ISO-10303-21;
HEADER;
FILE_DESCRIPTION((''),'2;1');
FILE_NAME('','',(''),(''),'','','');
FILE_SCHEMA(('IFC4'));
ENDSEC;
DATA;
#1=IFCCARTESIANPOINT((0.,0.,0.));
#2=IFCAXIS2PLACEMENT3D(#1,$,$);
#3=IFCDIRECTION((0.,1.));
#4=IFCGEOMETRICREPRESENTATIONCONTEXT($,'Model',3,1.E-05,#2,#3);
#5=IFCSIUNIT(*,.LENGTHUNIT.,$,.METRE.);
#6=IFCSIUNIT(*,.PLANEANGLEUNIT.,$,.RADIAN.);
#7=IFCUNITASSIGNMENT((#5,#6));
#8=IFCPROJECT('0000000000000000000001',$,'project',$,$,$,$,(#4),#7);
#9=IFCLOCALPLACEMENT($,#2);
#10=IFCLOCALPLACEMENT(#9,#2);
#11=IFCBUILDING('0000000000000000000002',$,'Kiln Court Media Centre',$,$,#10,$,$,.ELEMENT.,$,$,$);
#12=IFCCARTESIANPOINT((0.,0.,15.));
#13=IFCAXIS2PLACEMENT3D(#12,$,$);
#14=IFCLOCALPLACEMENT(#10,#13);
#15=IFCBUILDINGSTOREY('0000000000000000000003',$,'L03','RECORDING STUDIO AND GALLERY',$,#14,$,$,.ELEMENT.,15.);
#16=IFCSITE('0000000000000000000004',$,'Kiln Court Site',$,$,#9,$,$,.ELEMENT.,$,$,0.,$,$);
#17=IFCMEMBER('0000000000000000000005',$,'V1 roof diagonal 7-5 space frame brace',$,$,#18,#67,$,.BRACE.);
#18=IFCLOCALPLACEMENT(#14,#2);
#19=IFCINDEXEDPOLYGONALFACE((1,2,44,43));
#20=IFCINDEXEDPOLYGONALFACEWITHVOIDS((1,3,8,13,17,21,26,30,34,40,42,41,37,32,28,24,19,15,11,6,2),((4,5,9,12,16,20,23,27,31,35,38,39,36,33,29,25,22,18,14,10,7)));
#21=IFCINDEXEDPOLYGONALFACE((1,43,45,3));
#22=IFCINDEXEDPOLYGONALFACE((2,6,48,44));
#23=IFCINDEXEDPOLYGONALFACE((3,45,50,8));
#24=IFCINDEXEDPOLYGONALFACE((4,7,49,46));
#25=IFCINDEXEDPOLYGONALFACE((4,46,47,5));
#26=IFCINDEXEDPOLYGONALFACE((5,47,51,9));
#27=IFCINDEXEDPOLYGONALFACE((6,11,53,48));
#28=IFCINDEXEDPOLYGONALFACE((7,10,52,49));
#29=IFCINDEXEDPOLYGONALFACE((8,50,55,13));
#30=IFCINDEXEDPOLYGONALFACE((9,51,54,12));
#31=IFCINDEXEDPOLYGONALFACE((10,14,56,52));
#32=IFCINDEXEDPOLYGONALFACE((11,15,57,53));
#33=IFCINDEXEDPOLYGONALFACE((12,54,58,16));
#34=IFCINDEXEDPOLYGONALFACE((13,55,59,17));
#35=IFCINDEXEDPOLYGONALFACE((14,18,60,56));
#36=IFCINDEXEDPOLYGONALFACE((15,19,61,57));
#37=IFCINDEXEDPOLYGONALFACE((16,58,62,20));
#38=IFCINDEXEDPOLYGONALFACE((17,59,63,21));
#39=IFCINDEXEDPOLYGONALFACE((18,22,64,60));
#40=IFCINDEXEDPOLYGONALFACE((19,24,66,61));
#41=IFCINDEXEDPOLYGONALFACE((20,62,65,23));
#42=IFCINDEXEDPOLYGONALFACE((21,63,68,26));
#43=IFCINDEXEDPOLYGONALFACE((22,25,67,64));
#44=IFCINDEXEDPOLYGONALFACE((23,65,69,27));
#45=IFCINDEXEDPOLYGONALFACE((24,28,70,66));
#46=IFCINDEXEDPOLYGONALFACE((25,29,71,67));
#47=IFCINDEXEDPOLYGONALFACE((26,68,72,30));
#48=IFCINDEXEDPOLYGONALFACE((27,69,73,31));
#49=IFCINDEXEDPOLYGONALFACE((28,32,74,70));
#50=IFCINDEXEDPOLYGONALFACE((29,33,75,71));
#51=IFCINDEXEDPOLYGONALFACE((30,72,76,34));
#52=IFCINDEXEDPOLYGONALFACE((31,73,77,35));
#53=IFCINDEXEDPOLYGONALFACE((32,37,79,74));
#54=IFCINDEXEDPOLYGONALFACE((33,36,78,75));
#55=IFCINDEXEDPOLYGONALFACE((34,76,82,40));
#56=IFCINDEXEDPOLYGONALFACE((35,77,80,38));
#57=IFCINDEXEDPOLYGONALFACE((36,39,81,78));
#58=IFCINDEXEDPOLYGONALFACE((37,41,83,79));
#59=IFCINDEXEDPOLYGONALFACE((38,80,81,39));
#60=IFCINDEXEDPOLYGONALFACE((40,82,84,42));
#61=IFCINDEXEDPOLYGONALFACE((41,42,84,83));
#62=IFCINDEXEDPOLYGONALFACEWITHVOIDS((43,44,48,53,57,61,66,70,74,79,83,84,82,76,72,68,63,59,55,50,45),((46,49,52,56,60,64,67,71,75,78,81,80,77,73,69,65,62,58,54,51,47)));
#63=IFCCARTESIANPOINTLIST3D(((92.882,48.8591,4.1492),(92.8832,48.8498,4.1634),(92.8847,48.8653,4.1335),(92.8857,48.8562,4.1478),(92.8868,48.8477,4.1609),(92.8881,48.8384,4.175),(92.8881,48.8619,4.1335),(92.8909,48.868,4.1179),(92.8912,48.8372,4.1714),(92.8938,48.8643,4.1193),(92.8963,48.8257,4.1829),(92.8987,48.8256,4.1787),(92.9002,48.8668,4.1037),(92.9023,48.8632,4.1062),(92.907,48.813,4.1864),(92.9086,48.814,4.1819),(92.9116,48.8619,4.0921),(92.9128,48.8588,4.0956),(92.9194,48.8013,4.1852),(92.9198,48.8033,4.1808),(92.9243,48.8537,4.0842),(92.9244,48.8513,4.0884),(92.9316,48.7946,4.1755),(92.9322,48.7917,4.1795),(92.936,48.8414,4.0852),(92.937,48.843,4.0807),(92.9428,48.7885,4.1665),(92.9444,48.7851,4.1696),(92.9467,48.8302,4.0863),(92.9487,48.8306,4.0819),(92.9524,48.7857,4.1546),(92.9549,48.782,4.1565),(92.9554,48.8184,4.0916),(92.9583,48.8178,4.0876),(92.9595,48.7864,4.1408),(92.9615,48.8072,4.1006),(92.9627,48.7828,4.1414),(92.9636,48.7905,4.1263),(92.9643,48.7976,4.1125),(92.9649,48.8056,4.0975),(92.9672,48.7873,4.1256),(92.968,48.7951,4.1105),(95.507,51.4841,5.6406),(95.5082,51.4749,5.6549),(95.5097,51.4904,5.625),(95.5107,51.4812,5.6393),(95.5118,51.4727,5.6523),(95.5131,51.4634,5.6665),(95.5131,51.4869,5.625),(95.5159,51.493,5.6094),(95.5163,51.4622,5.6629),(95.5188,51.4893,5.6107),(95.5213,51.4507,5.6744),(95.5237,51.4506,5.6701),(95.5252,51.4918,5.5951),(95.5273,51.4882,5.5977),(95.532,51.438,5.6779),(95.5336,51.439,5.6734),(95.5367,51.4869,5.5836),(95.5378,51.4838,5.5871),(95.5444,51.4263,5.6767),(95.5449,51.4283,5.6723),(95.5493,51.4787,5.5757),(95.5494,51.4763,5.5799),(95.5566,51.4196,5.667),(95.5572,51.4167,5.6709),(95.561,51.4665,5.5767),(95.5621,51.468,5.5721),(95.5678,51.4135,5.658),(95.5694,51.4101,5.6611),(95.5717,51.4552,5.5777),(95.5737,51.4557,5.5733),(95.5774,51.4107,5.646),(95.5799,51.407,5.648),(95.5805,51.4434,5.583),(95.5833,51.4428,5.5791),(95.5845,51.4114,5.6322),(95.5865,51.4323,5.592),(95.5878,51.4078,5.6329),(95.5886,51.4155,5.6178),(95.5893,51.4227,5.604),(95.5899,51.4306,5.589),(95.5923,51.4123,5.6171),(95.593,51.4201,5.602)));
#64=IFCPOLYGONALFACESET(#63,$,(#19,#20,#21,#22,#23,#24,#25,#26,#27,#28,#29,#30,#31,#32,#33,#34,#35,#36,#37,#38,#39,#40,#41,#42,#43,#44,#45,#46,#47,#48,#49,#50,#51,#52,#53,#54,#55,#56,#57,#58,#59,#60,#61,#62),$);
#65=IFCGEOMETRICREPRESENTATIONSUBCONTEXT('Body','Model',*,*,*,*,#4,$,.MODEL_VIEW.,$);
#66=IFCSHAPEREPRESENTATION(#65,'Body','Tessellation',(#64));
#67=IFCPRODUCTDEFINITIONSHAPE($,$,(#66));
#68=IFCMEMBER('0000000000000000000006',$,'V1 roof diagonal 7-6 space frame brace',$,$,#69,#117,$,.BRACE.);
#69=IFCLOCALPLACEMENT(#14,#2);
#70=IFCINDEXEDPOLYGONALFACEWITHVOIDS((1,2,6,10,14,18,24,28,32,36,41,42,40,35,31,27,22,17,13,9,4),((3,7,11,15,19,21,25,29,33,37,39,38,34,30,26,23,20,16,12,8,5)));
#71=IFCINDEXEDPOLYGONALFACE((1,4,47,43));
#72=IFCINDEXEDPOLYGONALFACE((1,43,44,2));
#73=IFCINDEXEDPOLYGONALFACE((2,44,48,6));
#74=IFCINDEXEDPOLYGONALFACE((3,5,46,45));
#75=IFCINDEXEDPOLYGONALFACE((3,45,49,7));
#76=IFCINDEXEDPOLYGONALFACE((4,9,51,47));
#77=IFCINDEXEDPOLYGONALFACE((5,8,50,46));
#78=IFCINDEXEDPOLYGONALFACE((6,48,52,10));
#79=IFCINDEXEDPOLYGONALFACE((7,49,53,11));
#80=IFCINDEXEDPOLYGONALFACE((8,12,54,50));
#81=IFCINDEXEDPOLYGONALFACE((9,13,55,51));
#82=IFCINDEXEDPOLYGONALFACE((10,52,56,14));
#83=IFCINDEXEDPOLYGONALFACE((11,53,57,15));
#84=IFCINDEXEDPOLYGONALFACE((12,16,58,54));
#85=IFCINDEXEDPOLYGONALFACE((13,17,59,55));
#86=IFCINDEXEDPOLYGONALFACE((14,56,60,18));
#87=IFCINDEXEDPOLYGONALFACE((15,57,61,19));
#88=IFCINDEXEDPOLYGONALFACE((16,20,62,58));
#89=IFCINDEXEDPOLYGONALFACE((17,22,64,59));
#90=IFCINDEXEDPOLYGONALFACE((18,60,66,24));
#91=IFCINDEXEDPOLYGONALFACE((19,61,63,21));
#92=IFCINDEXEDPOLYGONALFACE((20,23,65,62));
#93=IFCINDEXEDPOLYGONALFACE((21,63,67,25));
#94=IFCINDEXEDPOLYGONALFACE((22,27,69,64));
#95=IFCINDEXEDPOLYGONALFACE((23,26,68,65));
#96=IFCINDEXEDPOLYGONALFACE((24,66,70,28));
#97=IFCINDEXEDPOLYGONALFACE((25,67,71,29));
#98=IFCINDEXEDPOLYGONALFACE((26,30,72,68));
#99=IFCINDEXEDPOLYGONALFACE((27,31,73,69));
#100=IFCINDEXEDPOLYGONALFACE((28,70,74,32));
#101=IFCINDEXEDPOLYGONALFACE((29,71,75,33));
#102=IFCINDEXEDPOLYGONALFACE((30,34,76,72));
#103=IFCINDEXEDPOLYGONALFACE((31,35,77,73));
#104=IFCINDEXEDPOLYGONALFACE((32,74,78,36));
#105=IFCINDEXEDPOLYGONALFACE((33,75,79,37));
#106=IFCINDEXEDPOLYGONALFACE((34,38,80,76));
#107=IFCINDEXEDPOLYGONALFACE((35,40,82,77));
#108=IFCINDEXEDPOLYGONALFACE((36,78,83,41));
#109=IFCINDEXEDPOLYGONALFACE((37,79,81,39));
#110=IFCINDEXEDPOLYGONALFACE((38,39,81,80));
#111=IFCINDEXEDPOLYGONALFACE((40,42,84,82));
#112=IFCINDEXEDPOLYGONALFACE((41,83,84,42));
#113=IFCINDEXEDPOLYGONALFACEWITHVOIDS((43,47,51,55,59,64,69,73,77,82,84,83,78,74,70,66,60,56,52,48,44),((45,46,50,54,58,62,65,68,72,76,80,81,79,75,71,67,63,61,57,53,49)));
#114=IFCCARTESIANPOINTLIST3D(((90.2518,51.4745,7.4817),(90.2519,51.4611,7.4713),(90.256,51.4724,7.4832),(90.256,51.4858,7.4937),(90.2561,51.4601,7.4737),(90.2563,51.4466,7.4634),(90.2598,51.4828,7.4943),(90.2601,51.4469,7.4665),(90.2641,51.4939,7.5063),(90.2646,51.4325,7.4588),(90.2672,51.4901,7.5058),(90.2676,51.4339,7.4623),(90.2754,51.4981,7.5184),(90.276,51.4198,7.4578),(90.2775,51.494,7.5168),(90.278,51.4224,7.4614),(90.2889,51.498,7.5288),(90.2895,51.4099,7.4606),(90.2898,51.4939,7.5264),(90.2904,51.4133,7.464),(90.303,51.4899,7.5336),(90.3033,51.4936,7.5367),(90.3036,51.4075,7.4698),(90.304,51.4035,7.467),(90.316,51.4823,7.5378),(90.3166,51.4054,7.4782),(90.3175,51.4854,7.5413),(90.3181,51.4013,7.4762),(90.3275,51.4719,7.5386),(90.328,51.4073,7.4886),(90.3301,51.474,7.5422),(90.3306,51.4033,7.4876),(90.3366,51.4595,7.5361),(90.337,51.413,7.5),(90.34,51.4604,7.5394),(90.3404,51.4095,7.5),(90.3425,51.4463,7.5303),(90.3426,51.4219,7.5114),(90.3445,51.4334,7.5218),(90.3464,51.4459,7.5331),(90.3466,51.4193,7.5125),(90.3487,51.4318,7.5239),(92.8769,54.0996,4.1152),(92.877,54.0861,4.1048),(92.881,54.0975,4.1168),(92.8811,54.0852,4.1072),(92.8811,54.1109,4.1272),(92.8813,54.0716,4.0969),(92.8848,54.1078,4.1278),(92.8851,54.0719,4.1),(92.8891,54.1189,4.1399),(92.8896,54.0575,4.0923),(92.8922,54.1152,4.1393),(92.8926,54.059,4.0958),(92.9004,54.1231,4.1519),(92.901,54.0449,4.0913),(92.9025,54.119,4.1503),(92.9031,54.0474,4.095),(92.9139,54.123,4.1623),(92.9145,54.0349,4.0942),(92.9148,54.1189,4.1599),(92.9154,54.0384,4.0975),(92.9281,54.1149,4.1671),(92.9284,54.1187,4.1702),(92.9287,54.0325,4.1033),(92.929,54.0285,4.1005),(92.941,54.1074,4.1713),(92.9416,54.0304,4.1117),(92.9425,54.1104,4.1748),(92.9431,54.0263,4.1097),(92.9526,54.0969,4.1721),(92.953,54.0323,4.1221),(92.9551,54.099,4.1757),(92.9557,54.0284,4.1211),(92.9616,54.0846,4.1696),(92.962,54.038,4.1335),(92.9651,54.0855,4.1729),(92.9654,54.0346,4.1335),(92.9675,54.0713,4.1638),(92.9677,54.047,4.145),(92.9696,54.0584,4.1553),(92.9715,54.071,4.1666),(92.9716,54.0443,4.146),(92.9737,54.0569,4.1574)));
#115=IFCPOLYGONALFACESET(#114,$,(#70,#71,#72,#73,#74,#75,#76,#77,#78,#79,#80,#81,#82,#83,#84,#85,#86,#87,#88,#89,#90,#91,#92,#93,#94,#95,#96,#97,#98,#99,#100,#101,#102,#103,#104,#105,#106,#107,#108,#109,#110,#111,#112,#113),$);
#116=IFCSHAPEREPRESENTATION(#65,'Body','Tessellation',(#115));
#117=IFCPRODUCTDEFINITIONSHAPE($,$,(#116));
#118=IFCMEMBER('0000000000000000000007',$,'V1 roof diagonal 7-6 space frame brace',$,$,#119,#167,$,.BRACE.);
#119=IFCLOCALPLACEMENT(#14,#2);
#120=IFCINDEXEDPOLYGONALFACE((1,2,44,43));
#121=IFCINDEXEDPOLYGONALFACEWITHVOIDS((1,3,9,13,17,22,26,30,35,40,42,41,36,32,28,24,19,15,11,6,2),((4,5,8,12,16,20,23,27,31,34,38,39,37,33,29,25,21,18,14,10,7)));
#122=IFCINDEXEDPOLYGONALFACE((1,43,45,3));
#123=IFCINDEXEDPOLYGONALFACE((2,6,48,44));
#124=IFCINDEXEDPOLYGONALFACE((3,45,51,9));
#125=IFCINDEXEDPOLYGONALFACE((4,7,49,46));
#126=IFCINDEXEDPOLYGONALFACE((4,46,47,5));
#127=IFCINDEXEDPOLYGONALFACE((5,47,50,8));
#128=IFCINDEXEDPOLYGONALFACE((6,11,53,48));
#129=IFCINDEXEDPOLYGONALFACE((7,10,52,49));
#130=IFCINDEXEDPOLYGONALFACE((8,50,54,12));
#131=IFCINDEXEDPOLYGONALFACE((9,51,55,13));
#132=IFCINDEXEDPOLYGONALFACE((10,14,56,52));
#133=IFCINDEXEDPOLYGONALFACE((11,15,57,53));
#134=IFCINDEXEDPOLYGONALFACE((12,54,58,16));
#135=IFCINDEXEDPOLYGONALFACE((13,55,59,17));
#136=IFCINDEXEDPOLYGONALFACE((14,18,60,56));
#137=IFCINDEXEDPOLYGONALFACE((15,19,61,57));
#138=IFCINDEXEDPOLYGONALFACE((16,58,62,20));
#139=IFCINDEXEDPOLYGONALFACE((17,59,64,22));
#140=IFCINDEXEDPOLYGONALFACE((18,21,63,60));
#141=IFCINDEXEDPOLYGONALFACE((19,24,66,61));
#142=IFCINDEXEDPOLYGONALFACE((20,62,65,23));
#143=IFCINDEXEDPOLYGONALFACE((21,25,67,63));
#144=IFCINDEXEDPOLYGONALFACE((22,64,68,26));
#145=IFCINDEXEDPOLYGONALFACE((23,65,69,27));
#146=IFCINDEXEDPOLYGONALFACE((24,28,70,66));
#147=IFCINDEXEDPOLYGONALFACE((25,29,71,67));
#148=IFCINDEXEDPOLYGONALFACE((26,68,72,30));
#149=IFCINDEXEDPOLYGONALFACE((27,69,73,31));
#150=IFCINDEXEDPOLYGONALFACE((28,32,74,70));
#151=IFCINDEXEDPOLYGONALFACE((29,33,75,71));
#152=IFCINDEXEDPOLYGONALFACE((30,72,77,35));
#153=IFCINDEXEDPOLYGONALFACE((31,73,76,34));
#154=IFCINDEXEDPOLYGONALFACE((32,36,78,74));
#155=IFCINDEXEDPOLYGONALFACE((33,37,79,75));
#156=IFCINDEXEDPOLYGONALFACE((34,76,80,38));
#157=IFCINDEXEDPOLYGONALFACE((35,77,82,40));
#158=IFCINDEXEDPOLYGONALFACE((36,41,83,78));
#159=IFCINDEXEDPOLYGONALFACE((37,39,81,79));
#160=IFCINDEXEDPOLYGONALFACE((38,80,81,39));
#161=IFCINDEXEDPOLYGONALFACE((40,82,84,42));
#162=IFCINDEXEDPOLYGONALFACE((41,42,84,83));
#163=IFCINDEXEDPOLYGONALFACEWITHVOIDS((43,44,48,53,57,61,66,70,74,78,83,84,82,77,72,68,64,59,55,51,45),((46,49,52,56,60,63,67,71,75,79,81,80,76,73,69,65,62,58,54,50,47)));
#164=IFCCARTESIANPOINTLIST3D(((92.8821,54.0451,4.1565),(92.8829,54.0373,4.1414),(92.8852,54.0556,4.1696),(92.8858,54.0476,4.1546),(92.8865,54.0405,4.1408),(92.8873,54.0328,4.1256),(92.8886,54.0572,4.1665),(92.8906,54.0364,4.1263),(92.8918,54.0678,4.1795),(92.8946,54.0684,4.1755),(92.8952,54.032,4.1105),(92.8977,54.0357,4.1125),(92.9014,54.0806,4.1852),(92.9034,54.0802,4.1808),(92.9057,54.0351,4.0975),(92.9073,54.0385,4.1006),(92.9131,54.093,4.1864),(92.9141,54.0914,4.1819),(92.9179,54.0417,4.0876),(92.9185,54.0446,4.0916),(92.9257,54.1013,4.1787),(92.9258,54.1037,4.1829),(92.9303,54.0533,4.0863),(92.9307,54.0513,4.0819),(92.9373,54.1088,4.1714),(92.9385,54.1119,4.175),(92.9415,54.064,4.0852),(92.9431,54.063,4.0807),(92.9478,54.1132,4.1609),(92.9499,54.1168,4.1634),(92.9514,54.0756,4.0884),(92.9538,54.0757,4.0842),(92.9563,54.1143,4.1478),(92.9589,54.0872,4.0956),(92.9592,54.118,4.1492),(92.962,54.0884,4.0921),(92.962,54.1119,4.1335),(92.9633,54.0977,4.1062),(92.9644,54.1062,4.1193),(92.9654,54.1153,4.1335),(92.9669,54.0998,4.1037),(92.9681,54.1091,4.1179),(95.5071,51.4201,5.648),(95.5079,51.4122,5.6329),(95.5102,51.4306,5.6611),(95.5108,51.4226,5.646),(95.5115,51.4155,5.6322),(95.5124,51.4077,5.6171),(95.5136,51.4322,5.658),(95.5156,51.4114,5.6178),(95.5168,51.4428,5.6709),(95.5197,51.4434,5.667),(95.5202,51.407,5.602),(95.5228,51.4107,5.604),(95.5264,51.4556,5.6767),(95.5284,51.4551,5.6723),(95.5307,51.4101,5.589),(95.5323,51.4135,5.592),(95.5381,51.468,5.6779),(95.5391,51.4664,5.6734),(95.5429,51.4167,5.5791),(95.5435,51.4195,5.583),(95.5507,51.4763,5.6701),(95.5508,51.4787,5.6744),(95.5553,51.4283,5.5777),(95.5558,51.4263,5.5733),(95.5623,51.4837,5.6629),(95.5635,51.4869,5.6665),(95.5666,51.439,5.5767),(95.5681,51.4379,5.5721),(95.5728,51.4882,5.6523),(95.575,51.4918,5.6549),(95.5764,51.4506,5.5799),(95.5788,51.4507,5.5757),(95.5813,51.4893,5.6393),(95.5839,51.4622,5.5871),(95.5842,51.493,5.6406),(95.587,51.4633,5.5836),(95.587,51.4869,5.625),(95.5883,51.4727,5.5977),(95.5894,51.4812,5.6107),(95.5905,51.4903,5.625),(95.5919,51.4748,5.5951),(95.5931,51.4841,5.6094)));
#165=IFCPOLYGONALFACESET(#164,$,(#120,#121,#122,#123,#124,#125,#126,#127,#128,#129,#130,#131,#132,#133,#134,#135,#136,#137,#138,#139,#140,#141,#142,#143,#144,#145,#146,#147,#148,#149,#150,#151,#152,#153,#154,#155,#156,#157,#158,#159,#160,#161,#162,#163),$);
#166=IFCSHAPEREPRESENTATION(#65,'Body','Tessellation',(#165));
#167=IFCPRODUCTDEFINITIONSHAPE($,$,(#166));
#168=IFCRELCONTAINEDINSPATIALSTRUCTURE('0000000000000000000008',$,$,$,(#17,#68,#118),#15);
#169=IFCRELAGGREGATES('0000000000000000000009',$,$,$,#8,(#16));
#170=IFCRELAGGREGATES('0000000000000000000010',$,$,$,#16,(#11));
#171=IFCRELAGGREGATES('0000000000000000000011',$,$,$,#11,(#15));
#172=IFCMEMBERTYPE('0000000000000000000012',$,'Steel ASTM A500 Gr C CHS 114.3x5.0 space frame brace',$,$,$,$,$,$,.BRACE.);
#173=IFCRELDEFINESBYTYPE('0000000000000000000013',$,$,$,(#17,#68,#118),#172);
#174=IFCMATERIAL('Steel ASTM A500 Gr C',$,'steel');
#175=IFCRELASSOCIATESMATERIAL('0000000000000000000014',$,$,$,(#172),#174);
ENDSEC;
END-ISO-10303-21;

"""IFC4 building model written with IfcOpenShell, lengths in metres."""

from ifc_helpers import new_model, si_unit, direction, frame, origin, origin_2d, place, context, subcontext, project, spatial, hollow_circle, extrude, material, material_profile, profile_set, type_object, element, save


model = new_model("IFC4")

# Units and contexts
model_context = context("Model", 3, precision=1e-05, world=origin(), true_north=direction((0.0, 1.0)))
body_context = subcontext(model_context, "Body", "Model", "MODEL_VIEW")
ifc_project = project(units=[si_unit("LENGTHUNIT", "METRE"), si_unit("PLANEANGLEUNIT", "RADIAN")], contexts=[model_context])

# Site, building, storey
site_placement = place(None, origin())
site = spatial("IfcSite", under=ifc_project, at=site_placement, Name="Kiln Court Site", CompositionType="ELEMENT", RefElevation=0.0)
building_placement = place(site_placement, origin())
building = spatial("IfcBuilding", under=site, at=building_placement, Name="Kiln Court Media Centre", CompositionType="ELEMENT")
storey_placement = place(building_placement, frame((0.0, 0.0, 15.0)))
storey = spatial("IfcBuildingStorey", under=building, at=storey_placement, Name="L03", Description="RECORDING STUDIO AND GALLERY", CompositionType="ELEMENT", Elevation=15.0)

# Members
ifc_material_1 = material(Name="Steel ASTM A500 Gr C", Category="steel")
ifc_material_profile_1 = material_profile(ifc_material_1, hollow_circle(Radius=0.0571, WallThickness=0.0049, at=origin_2d()), Name="CHS 114.3x5.0")
ifc_profile_set_1 = profile_set([ifc_material_profile_1], Name="Steel ASTM A500 Gr C")
member_type_1 = type_object("IfcMemberType", Name="Steel ASTM A500 Gr C CHS 114.3x5.0 space frame brace", PredefinedType="BRACE", material=ifc_profile_set_1)
member_1_placement = place(storey_placement, frame((92.925, 48.825, 4.1335), z_axis=(0.656133, 0.656133, 0.372798), x_axis=(-0.707107, 0.707107, 0.0)))
element("IfcMember", 1, at=member_1_placement, inside=storey, type_object=member_type_1, Name="V1 roof diagonal 7-5 space frame brace", PredefinedType="BRACE", context=body_context, shape_type="SweptSolid", body=[
    extrude(hollow_circle(Radius=0.0571, WallThickness=0.0049, at=origin_2d()), origin(), (0.0, 0.0, 1.0), 4.0007),
])
member_2_placement = place(storey_placement, frame((92.925, 54.075, 4.1335), z_axis=(-0.523804, -0.523804, 0.671758), x_axis=(0.707107, -0.707107, 0.0)))
element("IfcMember", 2, at=member_2_placement, inside=storey, type_object=member_type_1, Name="V1 roof diagonal 7-6 space frame brace", PredefinedType="BRACE", context=body_context, shape_type="SweptSolid", body=[
    extrude(hollow_circle(Radius=0.0571, WallThickness=0.0049, at=origin_2d()), origin(), (0.0, 0.0, 1.0), 5.0115),
])
member_3_placement = place(storey_placement, frame((92.925, 54.075, 4.1335), z_axis=(0.656133, -0.656133, 0.372798), x_axis=(0.707107, 0.707107, 0.0)))
element("IfcMember", 3, at=member_3_placement, inside=storey, type_object=member_type_1, Name="V1 roof diagonal 7-6 space frame brace", PredefinedType="BRACE", context=body_context, shape_type="SweptSolid", body=[
    extrude(hollow_circle(Radius=0.0571, WallThickness=0.0049, at=origin_2d()), origin(), (0.0, 0.0, 1.0), 4.0007),
])

save(model, "model.ifc")
